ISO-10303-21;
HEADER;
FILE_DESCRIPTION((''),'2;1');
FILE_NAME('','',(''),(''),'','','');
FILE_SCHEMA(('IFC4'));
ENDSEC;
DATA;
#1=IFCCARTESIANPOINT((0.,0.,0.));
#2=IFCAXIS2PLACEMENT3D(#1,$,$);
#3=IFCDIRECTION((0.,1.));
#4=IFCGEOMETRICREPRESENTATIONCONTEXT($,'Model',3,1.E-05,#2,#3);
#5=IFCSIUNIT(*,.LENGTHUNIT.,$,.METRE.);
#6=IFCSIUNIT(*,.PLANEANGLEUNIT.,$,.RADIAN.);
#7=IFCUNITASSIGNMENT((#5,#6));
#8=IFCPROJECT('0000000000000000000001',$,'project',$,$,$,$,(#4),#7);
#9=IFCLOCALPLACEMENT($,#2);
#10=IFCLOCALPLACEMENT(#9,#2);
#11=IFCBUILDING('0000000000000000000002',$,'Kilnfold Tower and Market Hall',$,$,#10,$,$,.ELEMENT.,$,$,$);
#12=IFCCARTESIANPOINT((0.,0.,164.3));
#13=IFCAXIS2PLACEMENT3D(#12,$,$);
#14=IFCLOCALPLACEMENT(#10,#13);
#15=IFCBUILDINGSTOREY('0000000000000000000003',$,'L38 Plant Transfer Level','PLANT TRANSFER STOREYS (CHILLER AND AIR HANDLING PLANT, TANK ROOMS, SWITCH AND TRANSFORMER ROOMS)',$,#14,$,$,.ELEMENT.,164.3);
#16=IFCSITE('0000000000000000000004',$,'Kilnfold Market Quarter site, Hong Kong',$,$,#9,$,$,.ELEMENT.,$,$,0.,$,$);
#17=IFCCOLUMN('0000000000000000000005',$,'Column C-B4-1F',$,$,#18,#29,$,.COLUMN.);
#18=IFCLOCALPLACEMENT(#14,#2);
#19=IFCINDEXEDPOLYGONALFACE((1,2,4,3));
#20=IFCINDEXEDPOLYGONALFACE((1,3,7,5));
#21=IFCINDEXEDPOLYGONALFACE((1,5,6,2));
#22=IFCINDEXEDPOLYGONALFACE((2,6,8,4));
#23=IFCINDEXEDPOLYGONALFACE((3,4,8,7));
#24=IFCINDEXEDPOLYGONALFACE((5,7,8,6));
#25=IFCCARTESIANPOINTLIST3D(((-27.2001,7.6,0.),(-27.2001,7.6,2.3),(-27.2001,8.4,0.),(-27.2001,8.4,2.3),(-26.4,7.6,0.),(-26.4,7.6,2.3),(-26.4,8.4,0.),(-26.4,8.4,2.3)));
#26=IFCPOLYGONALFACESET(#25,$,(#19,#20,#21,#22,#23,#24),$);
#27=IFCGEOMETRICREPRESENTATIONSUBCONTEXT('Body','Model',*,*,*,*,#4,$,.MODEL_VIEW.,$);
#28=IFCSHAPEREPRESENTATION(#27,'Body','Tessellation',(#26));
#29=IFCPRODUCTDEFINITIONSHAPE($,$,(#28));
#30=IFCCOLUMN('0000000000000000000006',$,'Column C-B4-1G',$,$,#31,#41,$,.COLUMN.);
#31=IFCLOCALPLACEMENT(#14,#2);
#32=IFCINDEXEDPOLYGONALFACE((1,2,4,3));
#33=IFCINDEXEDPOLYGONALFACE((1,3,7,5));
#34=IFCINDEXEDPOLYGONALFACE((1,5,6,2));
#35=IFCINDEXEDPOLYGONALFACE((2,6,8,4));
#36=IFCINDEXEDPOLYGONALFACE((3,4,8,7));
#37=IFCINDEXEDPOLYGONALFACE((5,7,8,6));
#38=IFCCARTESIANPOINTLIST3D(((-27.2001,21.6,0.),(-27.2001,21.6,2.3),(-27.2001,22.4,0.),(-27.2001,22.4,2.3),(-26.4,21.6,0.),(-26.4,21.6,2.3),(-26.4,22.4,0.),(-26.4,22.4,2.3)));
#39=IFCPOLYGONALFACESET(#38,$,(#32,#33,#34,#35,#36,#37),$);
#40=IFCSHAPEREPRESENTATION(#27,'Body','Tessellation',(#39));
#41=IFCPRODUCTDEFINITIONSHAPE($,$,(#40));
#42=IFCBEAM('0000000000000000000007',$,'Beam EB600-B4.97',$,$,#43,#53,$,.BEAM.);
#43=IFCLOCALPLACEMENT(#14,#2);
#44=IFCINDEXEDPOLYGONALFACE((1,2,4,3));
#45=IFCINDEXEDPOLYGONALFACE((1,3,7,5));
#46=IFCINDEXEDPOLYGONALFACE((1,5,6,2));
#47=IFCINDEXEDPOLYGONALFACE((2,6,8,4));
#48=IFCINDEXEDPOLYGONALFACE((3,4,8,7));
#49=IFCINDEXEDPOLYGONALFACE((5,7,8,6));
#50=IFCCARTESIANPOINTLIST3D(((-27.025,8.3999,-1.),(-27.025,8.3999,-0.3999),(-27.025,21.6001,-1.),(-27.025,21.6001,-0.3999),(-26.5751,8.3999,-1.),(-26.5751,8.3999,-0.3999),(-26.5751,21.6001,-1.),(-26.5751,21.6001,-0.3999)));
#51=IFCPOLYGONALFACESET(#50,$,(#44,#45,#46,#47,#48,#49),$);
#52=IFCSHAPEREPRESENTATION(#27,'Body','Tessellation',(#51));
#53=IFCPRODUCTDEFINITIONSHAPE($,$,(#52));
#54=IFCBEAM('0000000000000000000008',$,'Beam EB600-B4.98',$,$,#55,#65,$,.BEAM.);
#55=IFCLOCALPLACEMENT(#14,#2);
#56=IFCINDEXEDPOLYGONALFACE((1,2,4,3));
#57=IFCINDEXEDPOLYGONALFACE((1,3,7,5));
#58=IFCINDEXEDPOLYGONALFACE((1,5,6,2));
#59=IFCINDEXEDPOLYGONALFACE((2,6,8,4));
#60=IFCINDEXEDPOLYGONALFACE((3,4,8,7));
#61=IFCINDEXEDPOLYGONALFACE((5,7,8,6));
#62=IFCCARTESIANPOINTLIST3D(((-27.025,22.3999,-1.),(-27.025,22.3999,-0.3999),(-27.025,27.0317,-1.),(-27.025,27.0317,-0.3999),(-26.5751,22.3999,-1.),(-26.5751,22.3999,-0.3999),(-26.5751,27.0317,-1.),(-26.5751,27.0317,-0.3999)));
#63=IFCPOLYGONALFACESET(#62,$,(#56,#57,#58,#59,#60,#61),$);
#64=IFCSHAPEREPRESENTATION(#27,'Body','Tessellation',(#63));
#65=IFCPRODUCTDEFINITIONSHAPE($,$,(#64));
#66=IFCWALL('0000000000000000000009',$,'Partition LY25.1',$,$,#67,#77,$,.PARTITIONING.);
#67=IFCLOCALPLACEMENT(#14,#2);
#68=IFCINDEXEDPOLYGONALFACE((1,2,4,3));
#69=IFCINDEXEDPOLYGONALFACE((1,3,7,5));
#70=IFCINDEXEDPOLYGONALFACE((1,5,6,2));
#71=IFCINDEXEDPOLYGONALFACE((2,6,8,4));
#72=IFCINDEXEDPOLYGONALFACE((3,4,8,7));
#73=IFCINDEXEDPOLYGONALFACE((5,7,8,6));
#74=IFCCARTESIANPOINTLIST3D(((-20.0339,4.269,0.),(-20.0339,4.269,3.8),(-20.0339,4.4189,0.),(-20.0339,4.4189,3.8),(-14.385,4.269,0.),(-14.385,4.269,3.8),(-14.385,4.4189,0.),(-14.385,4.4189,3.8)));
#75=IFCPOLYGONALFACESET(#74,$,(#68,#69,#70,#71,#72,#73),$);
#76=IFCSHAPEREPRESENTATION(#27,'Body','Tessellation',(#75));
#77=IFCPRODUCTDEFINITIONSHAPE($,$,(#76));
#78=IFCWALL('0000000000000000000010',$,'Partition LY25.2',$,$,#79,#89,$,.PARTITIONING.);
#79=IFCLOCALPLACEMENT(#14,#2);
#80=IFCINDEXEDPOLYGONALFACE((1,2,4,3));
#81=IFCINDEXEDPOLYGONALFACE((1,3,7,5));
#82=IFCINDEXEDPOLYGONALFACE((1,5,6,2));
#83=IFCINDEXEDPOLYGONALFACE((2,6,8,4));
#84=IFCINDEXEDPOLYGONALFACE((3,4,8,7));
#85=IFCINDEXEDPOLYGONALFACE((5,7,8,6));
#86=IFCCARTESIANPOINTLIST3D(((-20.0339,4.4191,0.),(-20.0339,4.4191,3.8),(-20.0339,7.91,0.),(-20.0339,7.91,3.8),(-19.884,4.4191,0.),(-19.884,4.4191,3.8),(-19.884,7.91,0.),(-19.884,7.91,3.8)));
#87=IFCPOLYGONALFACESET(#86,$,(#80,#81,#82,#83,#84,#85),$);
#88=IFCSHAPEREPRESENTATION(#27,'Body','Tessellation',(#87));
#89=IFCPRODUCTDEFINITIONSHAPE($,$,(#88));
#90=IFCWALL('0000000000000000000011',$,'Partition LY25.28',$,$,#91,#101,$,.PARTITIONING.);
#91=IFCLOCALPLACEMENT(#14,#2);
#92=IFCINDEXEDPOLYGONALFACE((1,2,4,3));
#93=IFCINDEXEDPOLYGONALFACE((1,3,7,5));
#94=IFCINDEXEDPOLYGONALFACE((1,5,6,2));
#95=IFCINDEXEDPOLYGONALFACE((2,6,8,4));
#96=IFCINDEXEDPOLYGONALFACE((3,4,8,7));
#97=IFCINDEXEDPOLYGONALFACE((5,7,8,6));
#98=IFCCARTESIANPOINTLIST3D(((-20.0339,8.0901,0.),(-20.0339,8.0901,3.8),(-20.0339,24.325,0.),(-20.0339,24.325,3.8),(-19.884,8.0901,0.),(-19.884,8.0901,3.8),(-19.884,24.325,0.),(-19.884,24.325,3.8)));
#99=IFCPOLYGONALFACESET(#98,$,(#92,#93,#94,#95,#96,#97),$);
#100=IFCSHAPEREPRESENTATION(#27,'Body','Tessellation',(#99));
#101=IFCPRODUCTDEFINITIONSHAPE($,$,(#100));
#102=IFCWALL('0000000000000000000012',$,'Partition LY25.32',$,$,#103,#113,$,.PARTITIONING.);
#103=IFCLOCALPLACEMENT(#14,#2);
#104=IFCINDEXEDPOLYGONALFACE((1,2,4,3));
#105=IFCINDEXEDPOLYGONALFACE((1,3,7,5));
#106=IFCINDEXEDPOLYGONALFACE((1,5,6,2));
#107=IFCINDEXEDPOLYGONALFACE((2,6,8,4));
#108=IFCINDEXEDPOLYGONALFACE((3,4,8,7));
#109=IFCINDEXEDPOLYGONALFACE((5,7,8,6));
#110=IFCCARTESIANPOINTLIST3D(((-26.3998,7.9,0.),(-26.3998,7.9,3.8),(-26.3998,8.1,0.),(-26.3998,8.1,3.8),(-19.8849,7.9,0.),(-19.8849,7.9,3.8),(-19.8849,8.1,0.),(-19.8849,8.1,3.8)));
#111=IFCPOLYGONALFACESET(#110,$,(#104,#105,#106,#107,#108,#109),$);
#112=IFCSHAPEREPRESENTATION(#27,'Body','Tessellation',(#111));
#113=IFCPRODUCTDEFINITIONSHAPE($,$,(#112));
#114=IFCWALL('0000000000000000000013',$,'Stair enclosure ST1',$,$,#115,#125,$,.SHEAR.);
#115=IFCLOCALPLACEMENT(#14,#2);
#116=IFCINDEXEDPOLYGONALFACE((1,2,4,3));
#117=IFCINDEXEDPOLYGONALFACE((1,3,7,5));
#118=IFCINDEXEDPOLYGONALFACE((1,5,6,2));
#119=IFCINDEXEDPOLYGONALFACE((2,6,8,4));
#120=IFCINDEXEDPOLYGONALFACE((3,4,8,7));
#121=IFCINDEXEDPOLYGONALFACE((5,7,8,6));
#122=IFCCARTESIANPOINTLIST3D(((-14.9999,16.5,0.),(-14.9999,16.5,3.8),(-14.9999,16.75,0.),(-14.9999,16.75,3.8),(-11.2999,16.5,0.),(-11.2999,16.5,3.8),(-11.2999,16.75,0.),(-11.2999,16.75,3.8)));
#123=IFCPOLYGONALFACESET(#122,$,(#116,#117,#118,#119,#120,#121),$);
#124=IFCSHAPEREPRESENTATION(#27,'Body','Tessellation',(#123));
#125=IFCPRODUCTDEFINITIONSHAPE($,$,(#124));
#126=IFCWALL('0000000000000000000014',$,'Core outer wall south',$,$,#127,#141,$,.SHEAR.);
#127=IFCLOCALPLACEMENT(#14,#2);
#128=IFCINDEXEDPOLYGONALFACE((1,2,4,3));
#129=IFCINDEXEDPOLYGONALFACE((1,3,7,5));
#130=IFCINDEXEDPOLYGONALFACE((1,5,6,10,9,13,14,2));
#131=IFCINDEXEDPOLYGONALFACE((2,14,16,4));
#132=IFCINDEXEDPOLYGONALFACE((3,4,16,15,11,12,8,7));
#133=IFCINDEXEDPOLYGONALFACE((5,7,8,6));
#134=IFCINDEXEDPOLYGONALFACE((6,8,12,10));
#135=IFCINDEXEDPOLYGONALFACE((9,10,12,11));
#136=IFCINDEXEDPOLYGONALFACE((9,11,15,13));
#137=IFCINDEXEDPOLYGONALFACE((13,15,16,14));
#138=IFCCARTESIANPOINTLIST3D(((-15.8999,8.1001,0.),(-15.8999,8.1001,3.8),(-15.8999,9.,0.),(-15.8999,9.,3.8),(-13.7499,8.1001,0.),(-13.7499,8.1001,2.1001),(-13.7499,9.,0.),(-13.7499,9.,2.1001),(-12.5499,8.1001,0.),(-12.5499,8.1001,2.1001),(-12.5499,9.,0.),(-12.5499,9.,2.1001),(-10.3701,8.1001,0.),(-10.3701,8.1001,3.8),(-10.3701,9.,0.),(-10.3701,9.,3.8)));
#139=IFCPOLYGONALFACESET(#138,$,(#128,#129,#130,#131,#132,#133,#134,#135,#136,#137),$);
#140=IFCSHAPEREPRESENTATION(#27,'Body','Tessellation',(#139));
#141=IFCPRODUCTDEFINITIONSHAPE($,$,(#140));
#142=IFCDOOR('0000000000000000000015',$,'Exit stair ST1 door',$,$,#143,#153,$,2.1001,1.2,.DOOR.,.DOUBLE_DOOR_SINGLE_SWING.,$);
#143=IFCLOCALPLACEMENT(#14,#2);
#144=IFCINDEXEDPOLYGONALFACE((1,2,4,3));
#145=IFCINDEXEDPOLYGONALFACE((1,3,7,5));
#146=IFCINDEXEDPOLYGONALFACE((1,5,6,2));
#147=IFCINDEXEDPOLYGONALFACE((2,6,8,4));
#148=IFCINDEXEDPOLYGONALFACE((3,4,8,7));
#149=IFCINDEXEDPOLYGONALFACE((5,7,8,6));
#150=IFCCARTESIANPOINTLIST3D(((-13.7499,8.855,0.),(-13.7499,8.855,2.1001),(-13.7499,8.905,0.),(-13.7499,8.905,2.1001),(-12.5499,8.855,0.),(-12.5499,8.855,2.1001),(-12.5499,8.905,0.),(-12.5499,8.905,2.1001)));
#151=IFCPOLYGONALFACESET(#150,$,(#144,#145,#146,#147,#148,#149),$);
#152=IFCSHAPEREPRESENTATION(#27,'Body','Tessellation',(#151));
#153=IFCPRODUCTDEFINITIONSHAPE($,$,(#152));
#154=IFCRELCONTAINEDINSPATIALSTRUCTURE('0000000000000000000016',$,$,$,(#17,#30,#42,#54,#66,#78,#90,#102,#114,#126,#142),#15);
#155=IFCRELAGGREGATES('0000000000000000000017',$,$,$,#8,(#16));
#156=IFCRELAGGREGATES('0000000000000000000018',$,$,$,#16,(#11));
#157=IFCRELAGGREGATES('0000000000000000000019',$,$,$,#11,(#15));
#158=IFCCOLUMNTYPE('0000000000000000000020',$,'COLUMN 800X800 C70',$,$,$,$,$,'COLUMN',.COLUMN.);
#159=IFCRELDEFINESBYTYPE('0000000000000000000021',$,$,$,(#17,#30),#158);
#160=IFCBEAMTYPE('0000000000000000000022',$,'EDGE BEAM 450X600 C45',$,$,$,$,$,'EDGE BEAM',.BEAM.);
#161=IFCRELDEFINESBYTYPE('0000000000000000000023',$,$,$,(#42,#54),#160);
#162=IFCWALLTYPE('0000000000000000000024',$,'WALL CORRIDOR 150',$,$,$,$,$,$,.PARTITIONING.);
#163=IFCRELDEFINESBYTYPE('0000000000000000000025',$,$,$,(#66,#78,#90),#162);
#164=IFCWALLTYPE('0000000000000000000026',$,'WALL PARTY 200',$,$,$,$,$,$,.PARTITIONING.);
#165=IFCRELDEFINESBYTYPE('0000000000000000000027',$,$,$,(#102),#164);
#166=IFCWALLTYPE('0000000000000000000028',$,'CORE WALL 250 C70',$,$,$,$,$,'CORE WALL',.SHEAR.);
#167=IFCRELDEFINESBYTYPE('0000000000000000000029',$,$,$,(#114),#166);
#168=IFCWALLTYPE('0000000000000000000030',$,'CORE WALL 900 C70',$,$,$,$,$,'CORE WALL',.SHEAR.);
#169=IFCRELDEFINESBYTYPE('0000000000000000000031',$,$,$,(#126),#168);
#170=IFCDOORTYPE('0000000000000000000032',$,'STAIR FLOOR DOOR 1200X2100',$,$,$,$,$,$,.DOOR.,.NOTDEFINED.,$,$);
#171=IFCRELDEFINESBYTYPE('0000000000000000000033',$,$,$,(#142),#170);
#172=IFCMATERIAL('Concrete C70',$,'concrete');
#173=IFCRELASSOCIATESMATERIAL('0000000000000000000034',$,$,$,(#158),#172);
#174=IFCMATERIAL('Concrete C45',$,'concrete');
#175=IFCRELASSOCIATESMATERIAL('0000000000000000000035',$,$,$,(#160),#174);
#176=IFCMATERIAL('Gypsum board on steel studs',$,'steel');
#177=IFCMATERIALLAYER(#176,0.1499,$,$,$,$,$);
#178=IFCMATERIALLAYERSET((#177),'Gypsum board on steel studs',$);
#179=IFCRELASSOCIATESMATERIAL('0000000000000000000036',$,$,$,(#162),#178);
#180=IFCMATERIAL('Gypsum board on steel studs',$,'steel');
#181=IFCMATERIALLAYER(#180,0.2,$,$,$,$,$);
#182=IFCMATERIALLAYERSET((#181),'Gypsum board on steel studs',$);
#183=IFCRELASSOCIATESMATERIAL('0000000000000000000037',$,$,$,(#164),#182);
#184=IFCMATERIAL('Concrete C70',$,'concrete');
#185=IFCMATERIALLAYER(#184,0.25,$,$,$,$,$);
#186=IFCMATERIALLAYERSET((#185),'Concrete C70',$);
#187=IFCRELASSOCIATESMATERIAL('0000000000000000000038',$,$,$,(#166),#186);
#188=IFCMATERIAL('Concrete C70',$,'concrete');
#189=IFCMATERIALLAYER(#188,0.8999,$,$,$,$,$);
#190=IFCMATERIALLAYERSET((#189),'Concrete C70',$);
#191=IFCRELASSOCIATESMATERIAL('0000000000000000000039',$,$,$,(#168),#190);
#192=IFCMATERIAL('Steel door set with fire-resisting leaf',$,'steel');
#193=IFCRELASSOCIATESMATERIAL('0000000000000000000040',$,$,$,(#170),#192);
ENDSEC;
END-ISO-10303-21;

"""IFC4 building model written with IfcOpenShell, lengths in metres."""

from ifc_helpers import new_model, si_unit, direction, frame, frame_2d, origin, origin_2d, place, context, subcontext, project, spatial, rectangle, extrude, source, transform, mapped, material, layer, layer_set, material_profile, profile_set, type_object, element, fill, save


model = new_model("IFC4")

# Units and contexts
model_context = context("Model", 3, precision=1e-05, world=origin(), true_north=direction((0.0, 1.0)))
body_context = subcontext(model_context, "Body", "Model", "MODEL_VIEW")
ifc_project = project(units=[si_unit("LENGTHUNIT", "METRE"), si_unit("PLANEANGLEUNIT", "RADIAN")], contexts=[model_context])

# Site, building, storey
site_placement = place(None, origin())
site = spatial("IfcSite", under=ifc_project, at=site_placement, Name="Kilnfold Market Quarter site, Hong Kong", CompositionType="ELEMENT", RefElevation=0.0)
building_placement = place(site_placement, origin())
building = spatial("IfcBuilding", under=site, at=building_placement, Name="Kilnfold Tower and Market Hall", CompositionType="ELEMENT")
storey_placement = place(building_placement, frame((0.0, 0.0, 164.3)))
storey = spatial("IfcBuildingStorey", under=building, at=storey_placement, Name="L38 Plant Transfer Level", Description="PLANT TRANSFER STOREYS (CHILLER AND AIR HANDLING PLANT, TANK ROOMS, SWITCH AND TRANSFORMER ROOMS)", CompositionType="ELEMENT", Elevation=164.3)

# Columns
ifc_material_1 = material(Name="Concrete C70", Category="concrete")
ifc_material_profile_1 = material_profile(ifc_material_1, rectangle(XDim=0.8, YDim=0.8, at=origin_2d()), Name="RC 800x800")
ifc_profile_set_1 = profile_set([ifc_material_profile_1], Name="Concrete C70")
column_type = type_object("IfcColumnType", Name="COLUMN 800X800 C70", ElementType="COLUMN", PredefinedType="COLUMN", material=ifc_profile_set_1)
shared_shape_1 = source(origin(), body_context, "Body", "SweptSolid", [
    extrude(rectangle(XDim=0.8, YDim=0.8, at=origin_2d()), origin(), (0.0, 0.0, 1.0), 2.3),
])
for number, where, z_axis, x_axis, name in (
    (1, (-26.8, 8.0, 0.0), (0.0, 0.0, 1.0), (1.0, 0.0, 0.0), "Column C-B4-1F"),
    (2, (-26.8, 22.0, 0.0), (0.0, 0.0, 1.0), (1.0, 0.0, 0.0), "Column C-B4-1G"),
):
    element("IfcColumn", number, at=place(storey_placement, frame(where, z_axis=z_axis, x_axis=x_axis)), inside=storey, type_object=column_type, Name=name, PredefinedType="COLUMN", context=body_context, shape_type="MappedRepresentation", body=[
        mapped(shared_shape_1, transform((0.0, 0.0, 0.0))),
    ])

# Beams
ifc_material_2 = material(Name="Concrete C45", Category="concrete")
ifc_material_profile_2 = material_profile(ifc_material_2, rectangle(XDim=0.45, YDim=0.6001, at=origin_2d()), Name="RC 450x600")
ifc_profile_set_2 = profile_set([ifc_material_profile_2], Name="Concrete C45")
beam_type = type_object("IfcBeamType", Name="EDGE BEAM 450X600 C45", ElementType="EDGE BEAM", PredefinedType="BEAM", material=ifc_profile_set_2)
shared_shape_2 = source(origin(), body_context, "Body", "SweptSolid", [
    extrude(rectangle(XDim=0.45, YDim=0.6001, at=origin_2d()), origin(), (0.0, 0.0, 1.0), 13.2002),
])
beam_1_placement = place(storey_placement, frame((-26.8, 8.3999, -0.7), z_axis=(0.0, 1.0, 0.0), x_axis=(-1.0, 0.0, 0.0)))
element("IfcBeam", 3, at=beam_1_placement, inside=storey, type_object=beam_type, Name="Beam EB600-B4.97", PredefinedType="BEAM", context=body_context, shape_type="MappedRepresentation", body=[
    mapped(shared_shape_2, transform((0.0, 0.0, 0.0))),
])
shared_shape_3 = source(origin(), body_context, "Body", "SweptSolid", [
    extrude(rectangle(XDim=0.45, YDim=0.6001, at=origin_2d()), origin(), (0.0, 0.0, 1.0), 4.6318),
])
beam_2_placement = place(storey_placement, frame((-26.8, 22.3999, -0.7), z_axis=(0.0, 1.0, 0.0), x_axis=(-1.0, 0.0, 0.0)))
element("IfcBeam", 4, at=beam_2_placement, inside=storey, type_object=beam_type, Name="Beam EB600-B4.98", PredefinedType="BEAM", context=body_context, shape_type="MappedRepresentation", body=[
    mapped(shared_shape_3, transform((0.0, 0.0, 0.0))),
])

# Walls
ifc_material_3 = material(Name="Gypsum board on steel studs", Category="steel")
ifc_layer_1 = layer(ifc_material_3, 0.1499)
ifc_layer_set_1 = layer_set([ifc_layer_1], Name="Gypsum board on steel studs")
wall_type_1 = type_object("IfcWallType", Name="WALL CORRIDOR 150", PredefinedType="PARTITIONING", material=ifc_layer_set_1)
wall_1_placement = place(storey_placement, frame((-20.0339, 4.344, 0.0), z_axis=(0.0, 0.0, 1.0), x_axis=(1.0, 0.0, 0.0)))
element("IfcWall", 5, at=wall_1_placement, inside=storey, type_object=wall_type_1, Name="Partition LY25.1", PredefinedType="PARTITIONING", context=body_context, shape_type="SweptSolid", body=[
    extrude(rectangle(XDim=5.6489, YDim=0.1499, at=frame_2d((2.8245, 0.0))), origin(), (0.0, 0.0, 1.0), 3.8),
])
wall_2_placement = place(storey_placement, frame((-19.959, 4.4189, 0.0), z_axis=(0.0, 0.0, 1.0), x_axis=(0.0, 1.0, 0.0)))
element("IfcWall", 6, at=wall_2_placement, inside=storey, type_object=wall_type_1, Name="Partition LY25.2", PredefinedType="PARTITIONING", context=body_context, shape_type="SweptSolid", body=[
    extrude(rectangle(XDim=3.491, YDim=0.1499, at=frame_2d((1.7456, 0.0))), origin(), (0.0, 0.0, 1.0), 3.8),
])
wall_3_placement = place(storey_placement, frame((-19.959, 8.0901, 0.0), z_axis=(0.0, 0.0, 1.0), x_axis=(0.0, 1.0, 0.0)))
element("IfcWall", 7, at=wall_3_placement, inside=storey, type_object=wall_type_1, Name="Partition LY25.28", PredefinedType="PARTITIONING", context=body_context, shape_type="SweptSolid", body=[
    extrude(rectangle(XDim=16.2349, YDim=0.1499, at=frame_2d((8.1174, 0.0))), origin(), (0.0, 0.0, 1.0), 3.8),
])
ifc_material_4 = material(Name="Gypsum board on steel studs", Category="steel")
ifc_layer_2 = layer(ifc_material_4, 0.2)
ifc_layer_set_2 = layer_set([ifc_layer_2], Name="Gypsum board on steel studs")
wall_type_2 = type_object("IfcWallType", Name="WALL PARTY 200", PredefinedType="PARTITIONING", material=ifc_layer_set_2)
wall_4_placement = place(storey_placement, frame((-19.885, 8.0, 0.0), z_axis=(0.0, 0.0, 1.0), x_axis=(-1.0, 0.0, 0.0)))
element("IfcWall", 8, at=wall_4_placement, inside=storey, type_object=wall_type_2, Name="Partition LY25.32", PredefinedType="PARTITIONING", context=body_context, shape_type="SweptSolid", body=[
    extrude(rectangle(XDim=6.5149, YDim=0.2, at=frame_2d((3.2573, 0.0))), origin(), (0.0, 0.0, 1.0), 3.8),
])
ifc_material_5 = material(Name="Concrete C70", Category="concrete")
ifc_layer_3 = layer(ifc_material_5, 0.25)
ifc_layer_set_3 = layer_set([ifc_layer_3], Name="Concrete C70")
wall_type_3 = type_object("IfcWallType", Name="CORE WALL 250 C70", ElementType="CORE WALL", PredefinedType="SHEAR", material=ifc_layer_set_3)
shared_shape_4 = source(origin(), body_context, "Body", "SweptSolid", [
    extrude(rectangle(XDim=3.7, YDim=0.25, at=frame_2d((1.8501, 0.0))), origin(), (0.0, 0.0, 1.0), 3.8),
])
wall_5_placement = place(storey_placement, frame((-15.0, 16.625, 0.0), z_axis=(0.0, 0.0, 1.0), x_axis=(1.0, 0.0, 0.0)))
element("IfcWall", 9, at=wall_5_placement, inside=storey, type_object=wall_type_3, Name="Stair enclosure ST1", PredefinedType="SHEAR", context=body_context, shape_type="MappedRepresentation", body=[
    mapped(shared_shape_4, transform((0.0, 0.0, 0.0))),
])

# Wall, opening, door
ifc_material_6 = material(Name="Concrete C70", Category="concrete")
ifc_layer_4 = layer(ifc_material_6, 0.8999)
ifc_layer_set_4 = layer_set([ifc_layer_4], Name="Concrete C70")
wall_type_4 = type_object("IfcWallType", Name="CORE WALL 900 C70", ElementType="CORE WALL", PredefinedType="SHEAR", material=ifc_layer_set_4)
shared_shape_5 = source(origin(), body_context, "Body", "SweptSolid", [
    extrude(rectangle(XDim=5.5298, YDim=0.8999, at=frame_2d((2.7649, 0.0))), origin(), (0.0, 0.0, 1.0), 3.8),
])
wall_6_placement = place(storey_placement, frame((-15.8999, 8.55, 0.0), z_axis=(0.0, 0.0, 1.0), x_axis=(1.0, 0.0, 0.0)))
wall_6 = element("IfcWall", 10, at=wall_6_placement, inside=storey, type_object=wall_type_4, Name="Core outer wall south", PredefinedType="SHEAR", context=body_context, shape_type="MappedRepresentation", body=[
    mapped(shared_shape_5, transform((0.0, 0.0, 0.0))),
])
opening_1_placement = place(wall_6_placement, frame((2.1499, 0.0, 0.0)))
opening_1 = element("IfcOpeningElement", 11, at=opening_1_placement, cuts=wall_6, PredefinedType="OPENING", context=body_context, shape_type="SweptSolid", body=[
    extrude(rectangle(XDim=1.2, YDim=2.1001, at=frame_2d((0.6001, 1.05))), frame((0.0, 0.46, 0.0), z_axis=(0.0, -1.0, 0.0), x_axis=(1.0, 0.0, 0.0)), (0.0, 0.0, 1.0), 0.9199),
])
ifc_material_7 = material(Name="Steel door set with fire-resisting leaf", Category="steel")
door_type_1 = type_object("IfcDoorType", Name="STAIR FLOOR DOOR 1200X2100", OperationType="NOTDEFINED", PredefinedType="DOOR", material=ifc_material_7)
door_1_placement = place(opening_1_placement, origin())
door_1 = element("IfcDoor", 12, at=door_1_placement, inside=storey, type_object=door_type_1, Name="Exit stair ST1 door", OperationType="DOUBLE_DOOR_SINGLE_SWING", OverallHeight=2.1001, OverallWidth=1.2, PredefinedType="DOOR", context=body_context, shape_type="SweptSolid", body=[
    extrude(rectangle(XDim=1.2, YDim=2.1001, at=frame_2d((0.6001, 1.05))), frame((0.0, 0.355, 0.0), z_axis=(0.0, -1.0, 0.0), x_axis=(1.0, 0.0, 0.0)), (0.0, 0.0, 1.0), 0.05),
])
fill(opening_1, door_1)

save(model, "model.ifc")
